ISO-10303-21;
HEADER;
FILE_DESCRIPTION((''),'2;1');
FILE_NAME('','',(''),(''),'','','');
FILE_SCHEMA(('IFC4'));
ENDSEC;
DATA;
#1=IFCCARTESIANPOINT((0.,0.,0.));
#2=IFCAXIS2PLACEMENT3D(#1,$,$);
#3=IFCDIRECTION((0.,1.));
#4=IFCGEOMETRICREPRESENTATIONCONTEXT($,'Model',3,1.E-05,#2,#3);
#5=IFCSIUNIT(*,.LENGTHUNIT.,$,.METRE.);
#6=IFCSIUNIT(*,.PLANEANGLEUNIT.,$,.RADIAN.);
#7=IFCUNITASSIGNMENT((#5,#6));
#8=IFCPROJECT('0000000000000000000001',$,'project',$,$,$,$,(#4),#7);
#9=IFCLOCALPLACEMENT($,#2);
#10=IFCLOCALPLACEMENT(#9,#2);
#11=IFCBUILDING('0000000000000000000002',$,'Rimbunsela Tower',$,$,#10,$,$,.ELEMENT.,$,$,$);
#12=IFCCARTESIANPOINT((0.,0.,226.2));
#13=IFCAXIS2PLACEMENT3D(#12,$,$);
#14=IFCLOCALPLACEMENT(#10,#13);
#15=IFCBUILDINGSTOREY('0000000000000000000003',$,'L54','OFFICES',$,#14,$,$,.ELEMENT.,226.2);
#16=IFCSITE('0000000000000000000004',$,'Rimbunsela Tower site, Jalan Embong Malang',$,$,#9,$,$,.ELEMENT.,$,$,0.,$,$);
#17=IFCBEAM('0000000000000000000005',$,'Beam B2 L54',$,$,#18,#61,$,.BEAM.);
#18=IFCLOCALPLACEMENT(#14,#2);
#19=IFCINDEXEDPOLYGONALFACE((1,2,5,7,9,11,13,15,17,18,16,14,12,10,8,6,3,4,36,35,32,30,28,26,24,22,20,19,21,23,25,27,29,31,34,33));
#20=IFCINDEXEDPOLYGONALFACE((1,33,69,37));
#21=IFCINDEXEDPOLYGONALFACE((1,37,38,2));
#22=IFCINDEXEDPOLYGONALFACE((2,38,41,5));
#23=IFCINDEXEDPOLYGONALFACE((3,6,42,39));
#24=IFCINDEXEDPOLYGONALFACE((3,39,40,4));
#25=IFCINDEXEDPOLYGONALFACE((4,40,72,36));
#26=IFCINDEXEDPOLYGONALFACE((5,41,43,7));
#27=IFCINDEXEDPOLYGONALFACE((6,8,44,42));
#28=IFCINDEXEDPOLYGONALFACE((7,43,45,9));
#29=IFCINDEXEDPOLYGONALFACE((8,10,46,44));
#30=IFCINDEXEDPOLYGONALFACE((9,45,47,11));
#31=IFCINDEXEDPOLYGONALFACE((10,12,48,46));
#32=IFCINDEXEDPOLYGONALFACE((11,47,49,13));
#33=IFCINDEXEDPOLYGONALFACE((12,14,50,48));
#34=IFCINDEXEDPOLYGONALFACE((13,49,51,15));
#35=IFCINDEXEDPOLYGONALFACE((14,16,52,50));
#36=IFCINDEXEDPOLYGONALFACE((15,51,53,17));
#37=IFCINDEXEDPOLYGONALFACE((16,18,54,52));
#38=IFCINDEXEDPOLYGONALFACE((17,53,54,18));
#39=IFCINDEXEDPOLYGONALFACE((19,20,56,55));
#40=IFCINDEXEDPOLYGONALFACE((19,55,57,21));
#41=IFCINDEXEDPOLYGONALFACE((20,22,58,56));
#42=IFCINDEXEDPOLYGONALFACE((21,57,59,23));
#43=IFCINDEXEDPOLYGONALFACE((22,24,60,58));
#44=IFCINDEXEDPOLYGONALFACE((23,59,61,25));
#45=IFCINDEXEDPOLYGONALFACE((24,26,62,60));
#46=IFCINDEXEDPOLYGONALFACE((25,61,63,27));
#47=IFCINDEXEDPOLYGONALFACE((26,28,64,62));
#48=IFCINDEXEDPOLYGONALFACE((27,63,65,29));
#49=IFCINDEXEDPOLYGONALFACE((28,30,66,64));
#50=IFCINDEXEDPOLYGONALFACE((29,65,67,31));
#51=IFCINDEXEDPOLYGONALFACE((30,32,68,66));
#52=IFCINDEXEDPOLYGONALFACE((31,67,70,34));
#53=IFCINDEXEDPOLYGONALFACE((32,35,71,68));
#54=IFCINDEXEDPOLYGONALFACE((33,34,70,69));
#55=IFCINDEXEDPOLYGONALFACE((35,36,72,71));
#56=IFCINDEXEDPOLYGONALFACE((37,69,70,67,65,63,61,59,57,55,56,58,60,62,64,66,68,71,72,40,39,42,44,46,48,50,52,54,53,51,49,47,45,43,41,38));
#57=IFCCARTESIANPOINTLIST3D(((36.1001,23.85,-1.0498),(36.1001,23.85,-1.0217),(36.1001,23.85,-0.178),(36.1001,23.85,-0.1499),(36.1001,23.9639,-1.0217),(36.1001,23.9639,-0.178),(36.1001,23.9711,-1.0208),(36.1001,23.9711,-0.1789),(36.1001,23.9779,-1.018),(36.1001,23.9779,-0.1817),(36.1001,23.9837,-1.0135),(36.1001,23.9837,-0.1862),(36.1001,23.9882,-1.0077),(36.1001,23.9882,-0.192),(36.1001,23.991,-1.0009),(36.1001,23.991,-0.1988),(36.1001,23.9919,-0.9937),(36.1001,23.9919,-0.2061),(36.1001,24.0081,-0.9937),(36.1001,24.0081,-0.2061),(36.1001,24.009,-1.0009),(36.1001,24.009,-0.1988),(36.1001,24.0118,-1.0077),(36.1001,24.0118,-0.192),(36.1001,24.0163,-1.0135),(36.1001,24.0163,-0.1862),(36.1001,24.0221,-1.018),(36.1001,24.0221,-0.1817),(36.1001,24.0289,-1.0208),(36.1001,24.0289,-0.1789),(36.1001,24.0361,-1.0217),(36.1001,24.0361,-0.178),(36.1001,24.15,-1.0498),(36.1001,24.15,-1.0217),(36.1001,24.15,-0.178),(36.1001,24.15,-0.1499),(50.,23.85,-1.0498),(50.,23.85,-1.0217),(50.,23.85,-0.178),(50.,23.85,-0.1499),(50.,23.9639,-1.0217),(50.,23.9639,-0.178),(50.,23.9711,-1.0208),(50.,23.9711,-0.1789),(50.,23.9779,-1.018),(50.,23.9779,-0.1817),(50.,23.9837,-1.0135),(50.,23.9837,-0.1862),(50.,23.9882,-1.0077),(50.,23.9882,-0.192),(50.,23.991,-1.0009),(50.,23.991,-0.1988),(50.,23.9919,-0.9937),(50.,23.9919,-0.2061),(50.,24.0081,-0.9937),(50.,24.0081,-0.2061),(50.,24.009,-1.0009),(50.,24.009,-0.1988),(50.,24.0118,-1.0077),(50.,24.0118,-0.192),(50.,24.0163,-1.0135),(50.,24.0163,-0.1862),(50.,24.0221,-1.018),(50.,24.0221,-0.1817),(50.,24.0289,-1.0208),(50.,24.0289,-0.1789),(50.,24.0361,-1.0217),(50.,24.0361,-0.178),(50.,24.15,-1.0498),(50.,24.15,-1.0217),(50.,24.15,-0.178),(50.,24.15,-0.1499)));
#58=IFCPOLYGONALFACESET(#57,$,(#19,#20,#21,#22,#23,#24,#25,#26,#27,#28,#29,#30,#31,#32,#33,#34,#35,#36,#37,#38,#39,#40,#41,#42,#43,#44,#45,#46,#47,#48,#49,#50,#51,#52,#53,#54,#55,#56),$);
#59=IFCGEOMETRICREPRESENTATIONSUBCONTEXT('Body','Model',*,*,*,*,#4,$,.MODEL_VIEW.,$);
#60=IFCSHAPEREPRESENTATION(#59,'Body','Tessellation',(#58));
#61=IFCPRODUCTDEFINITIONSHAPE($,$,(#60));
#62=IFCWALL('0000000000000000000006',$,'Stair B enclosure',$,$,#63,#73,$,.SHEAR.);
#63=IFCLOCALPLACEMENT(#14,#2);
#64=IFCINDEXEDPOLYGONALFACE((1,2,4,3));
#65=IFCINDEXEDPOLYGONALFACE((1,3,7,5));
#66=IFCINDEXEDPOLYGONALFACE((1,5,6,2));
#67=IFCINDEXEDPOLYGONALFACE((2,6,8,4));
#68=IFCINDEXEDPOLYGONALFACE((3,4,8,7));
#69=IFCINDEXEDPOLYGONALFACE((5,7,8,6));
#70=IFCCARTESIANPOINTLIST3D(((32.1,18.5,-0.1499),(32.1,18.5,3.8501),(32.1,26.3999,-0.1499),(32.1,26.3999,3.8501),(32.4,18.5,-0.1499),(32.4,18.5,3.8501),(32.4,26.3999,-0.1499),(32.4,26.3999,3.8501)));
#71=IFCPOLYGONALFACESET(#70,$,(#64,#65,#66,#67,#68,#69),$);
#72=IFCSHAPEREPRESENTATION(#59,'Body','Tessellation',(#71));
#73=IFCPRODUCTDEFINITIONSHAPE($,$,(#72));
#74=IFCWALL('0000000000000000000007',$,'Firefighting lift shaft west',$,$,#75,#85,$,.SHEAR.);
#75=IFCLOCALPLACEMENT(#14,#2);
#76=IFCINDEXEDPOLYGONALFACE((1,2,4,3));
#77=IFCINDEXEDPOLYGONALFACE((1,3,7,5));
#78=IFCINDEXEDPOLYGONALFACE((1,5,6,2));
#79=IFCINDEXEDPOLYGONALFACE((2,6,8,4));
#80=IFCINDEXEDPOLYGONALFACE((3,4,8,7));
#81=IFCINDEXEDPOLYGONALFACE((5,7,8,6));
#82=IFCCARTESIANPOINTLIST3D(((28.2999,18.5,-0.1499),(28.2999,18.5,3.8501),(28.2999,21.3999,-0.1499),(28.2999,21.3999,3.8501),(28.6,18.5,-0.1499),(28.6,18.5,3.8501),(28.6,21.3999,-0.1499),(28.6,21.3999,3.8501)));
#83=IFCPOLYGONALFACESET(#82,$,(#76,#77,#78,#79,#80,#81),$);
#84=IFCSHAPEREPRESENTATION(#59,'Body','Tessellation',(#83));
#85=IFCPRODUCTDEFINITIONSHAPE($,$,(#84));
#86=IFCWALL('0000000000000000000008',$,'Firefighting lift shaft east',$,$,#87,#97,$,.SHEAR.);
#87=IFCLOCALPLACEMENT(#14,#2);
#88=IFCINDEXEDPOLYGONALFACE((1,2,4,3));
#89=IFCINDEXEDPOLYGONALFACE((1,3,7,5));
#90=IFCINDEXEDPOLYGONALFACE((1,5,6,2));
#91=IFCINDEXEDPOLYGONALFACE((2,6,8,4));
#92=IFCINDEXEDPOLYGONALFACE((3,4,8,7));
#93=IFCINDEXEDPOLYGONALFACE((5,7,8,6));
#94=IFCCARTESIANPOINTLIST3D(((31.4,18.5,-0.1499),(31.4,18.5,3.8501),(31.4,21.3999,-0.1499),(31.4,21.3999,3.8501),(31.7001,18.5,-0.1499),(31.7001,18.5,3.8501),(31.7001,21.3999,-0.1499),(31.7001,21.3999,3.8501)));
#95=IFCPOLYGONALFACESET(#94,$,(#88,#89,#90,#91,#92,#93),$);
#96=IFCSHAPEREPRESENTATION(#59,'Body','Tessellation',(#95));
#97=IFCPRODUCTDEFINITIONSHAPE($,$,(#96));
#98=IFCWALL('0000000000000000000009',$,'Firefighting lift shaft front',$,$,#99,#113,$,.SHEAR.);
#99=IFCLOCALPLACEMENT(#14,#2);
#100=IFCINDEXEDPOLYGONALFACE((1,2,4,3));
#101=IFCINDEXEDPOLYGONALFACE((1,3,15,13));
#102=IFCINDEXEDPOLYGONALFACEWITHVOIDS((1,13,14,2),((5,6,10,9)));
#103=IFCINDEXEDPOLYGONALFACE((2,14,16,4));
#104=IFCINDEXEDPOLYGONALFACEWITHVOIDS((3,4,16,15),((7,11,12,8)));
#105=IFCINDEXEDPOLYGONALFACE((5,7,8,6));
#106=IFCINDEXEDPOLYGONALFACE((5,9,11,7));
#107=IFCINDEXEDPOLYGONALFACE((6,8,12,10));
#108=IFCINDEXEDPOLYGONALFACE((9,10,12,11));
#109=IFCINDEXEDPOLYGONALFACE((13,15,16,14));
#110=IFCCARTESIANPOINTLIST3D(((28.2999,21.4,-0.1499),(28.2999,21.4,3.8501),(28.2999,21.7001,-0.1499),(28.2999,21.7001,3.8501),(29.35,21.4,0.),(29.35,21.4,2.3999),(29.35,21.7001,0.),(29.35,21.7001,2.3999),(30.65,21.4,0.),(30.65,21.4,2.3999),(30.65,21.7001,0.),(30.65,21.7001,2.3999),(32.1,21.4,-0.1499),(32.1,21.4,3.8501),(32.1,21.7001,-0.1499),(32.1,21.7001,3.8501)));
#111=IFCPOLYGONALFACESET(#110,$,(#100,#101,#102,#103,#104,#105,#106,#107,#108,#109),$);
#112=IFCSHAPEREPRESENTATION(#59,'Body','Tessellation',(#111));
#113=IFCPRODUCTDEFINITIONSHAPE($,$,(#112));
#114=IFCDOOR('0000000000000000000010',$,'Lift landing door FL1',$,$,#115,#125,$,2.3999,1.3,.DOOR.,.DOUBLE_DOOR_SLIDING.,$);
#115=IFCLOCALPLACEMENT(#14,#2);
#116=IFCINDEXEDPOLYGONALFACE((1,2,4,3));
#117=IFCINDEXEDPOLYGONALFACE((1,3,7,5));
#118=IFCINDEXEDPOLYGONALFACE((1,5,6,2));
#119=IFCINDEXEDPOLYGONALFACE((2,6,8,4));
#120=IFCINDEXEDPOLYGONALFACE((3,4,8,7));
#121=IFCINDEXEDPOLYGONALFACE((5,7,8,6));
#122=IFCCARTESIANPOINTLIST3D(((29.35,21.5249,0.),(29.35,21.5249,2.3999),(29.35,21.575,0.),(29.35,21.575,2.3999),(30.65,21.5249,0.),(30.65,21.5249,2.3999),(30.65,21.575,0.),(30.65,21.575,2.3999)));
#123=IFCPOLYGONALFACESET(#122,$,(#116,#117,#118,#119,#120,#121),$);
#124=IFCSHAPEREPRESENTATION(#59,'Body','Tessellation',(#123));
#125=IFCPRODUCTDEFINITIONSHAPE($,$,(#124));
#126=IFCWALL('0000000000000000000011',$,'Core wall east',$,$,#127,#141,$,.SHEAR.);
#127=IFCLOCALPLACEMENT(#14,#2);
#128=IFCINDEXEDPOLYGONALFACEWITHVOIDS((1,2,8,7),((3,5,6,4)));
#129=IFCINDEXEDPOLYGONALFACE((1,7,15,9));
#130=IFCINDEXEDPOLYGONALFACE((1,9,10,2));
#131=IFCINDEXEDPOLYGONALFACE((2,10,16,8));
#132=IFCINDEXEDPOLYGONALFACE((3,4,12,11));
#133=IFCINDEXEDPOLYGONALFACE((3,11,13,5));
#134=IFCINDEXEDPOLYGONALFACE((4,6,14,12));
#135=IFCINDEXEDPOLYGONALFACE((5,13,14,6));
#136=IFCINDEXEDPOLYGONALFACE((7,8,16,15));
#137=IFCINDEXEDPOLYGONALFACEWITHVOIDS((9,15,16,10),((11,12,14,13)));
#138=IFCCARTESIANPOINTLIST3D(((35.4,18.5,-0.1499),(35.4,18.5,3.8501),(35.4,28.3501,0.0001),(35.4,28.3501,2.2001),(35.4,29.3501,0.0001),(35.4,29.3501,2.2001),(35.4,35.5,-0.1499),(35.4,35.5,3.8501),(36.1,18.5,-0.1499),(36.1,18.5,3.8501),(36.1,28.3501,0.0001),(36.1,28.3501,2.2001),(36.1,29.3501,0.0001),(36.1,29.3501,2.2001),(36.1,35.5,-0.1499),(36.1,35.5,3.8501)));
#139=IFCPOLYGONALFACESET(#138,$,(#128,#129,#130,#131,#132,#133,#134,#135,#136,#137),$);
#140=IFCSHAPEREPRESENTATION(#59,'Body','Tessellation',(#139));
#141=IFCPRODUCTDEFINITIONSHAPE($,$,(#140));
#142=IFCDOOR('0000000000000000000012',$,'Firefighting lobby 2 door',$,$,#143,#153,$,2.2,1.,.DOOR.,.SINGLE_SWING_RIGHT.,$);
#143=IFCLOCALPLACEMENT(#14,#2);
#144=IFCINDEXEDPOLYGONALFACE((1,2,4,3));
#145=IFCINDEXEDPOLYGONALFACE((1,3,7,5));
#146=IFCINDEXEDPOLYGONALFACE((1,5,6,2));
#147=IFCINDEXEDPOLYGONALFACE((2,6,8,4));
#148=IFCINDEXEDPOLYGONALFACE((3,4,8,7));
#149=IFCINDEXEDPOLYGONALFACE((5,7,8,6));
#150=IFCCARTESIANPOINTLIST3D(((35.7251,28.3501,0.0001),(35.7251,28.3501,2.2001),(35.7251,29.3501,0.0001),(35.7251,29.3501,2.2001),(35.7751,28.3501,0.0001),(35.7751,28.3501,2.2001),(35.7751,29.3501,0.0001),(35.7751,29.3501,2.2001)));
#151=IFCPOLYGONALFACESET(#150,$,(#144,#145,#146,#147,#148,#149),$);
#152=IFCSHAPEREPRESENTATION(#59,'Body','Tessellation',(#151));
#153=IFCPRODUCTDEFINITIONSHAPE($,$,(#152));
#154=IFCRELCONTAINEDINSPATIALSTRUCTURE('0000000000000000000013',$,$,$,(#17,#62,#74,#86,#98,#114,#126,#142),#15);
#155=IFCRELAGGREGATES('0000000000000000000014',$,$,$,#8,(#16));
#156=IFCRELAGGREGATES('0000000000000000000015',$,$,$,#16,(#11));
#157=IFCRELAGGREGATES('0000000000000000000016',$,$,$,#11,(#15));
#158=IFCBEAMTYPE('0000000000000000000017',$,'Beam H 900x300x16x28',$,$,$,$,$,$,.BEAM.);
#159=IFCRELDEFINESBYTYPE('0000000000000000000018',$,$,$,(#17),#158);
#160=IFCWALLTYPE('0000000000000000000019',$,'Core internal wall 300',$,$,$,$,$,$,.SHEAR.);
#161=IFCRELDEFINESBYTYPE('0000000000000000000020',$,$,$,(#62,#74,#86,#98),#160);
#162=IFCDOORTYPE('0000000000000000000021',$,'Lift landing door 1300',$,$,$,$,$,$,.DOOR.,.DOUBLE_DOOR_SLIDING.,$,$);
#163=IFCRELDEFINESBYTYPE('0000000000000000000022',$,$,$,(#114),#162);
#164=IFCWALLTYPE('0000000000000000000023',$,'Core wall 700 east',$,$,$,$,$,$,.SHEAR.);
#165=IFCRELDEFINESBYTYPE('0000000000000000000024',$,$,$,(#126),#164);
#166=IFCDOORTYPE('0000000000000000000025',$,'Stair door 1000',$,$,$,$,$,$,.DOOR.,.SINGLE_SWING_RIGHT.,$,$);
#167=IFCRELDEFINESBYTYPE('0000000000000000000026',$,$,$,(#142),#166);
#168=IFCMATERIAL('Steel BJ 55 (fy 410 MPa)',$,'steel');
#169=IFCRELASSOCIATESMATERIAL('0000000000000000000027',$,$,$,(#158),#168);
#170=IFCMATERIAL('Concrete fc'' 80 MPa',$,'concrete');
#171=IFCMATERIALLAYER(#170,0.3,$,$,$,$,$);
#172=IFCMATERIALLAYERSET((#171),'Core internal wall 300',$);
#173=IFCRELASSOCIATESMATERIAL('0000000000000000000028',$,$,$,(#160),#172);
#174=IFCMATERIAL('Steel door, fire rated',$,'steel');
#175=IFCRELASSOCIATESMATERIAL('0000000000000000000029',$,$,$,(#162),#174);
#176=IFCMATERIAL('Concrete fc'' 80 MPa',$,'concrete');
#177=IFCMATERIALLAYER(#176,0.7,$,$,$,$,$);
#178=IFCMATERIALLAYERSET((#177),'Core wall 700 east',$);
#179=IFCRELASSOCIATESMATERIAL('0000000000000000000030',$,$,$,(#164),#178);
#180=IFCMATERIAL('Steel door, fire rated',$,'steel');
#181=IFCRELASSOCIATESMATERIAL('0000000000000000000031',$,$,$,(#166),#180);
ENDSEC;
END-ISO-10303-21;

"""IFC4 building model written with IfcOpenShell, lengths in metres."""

from ifc_helpers import new_model, si_unit, direction, frame, frame_2d, origin, origin_2d, place, context, subcontext, project, spatial, rectangle, i_section, extrude, material, layer, layer_set, material_profile, profile_set, type_object, element, fill, save


model = new_model("IFC4")

# Units and contexts
model_context = context("Model", 3, precision=1e-05, world=origin(), true_north=direction((0.0, 1.0)))
body_context = subcontext(model_context, "Body", "Model", "MODEL_VIEW")
ifc_project = project(units=[si_unit("LENGTHUNIT", "METRE"), si_unit("PLANEANGLEUNIT", "RADIAN")], contexts=[model_context])

# Site, building, storey
site_placement = place(None, origin())
site = spatial("IfcSite", under=ifc_project, at=site_placement, Name="Rimbunsela Tower site, Jalan Embong Malang", CompositionType="ELEMENT", RefElevation=0.0)
building_placement = place(site_placement, origin())
building = spatial("IfcBuilding", under=site, at=building_placement, Name="Rimbunsela Tower", CompositionType="ELEMENT")
storey_placement = place(building_placement, frame((0.0, 0.0, 226.2)))
storey = spatial("IfcBuildingStorey", under=building, at=storey_placement, Name="L54", Description="OFFICES", CompositionType="ELEMENT", Elevation=226.2)

# Beam
ifc_material_1 = material(Name="Steel BJ 55 (fy 410 MPa)", Category="steel")
ifc_material_profile_1 = material_profile(ifc_material_1, i_section(OverallWidth=0.3, OverallDepth=0.8999, WebThickness=0.0161, FlangeThickness=0.0281, FilletRadius=0.0281, at=origin_2d()), Name="H 900x300x16x28")
ifc_profile_set_1 = profile_set([ifc_material_profile_1], Name="Steel BJ 55 (fy 410 MPa)")
beam_type_1 = type_object("IfcBeamType", Name="Beam H 900x300x16x28", PredefinedType="BEAM", material=ifc_profile_set_1)
beam_1_placement = place(storey_placement, frame((36.1001, 24.0, -0.5999), z_axis=(1.0, 0.0, 0.0), x_axis=(0.0, 1.0, 0.0)))
element("IfcBeam", 1, at=beam_1_placement, inside=storey, type_object=beam_type_1, Name="Beam B2 L54", PredefinedType="BEAM", context=body_context, shape_type="SweptSolid", body=[
    extrude(i_section(OverallWidth=0.3, OverallDepth=0.8999, WebThickness=0.0161, FlangeThickness=0.0281, FilletRadius=0.0281, at=origin_2d()), origin(), (0.0, 0.0, 1.0), 13.8999),
])

# Walls
ifc_material_2 = material(Name="Concrete fc' 80 MPa", Category="concrete")
ifc_layer_1 = layer(ifc_material_2, 0.3)
ifc_layer_set_1 = layer_set([ifc_layer_1], Name="Core internal wall 300")
wall_type_1 = type_object("IfcWallType", Name="Core internal wall 300", PredefinedType="SHEAR", material=ifc_layer_set_1)
wall_1_placement = place(storey_placement, frame((32.25, 18.5, -0.1499), z_axis=(0.0, 0.0, 1.0), x_axis=(0.0, 1.0, 0.0)))
element("IfcWall", 2, at=wall_1_placement, inside=storey, type_object=wall_type_1, Name="Stair B enclosure", PredefinedType="SHEAR", context=body_context, shape_type="SweptSolid", body=[
    extrude(rectangle(XDim=7.8999, YDim=0.3, at=frame_2d((3.95, 0.0))), origin(), (0.0, 0.0, 1.0), 4.0),
])
for number, where, z_axis, x_axis, name in (
    (3, (28.45, 18.5, -0.1499), (0.0, 0.0, 1.0), (0.0, 1.0, 0.0), "Firefighting lift shaft west"),
    (4, (31.55, 18.5, -0.1499), (0.0, 0.0, 1.0), (0.0, 1.0, 0.0), "Firefighting lift shaft east"),
):
    element("IfcWall", number, at=place(storey_placement, frame(where, z_axis=z_axis, x_axis=x_axis)), inside=storey, type_object=wall_type_1, Name=name, PredefinedType="SHEAR", context=body_context, shape_type="SweptSolid", body=[
        extrude(rectangle(XDim=2.8999, YDim=0.3, at=frame_2d((1.45, 0.0))), origin(), (0.0, 0.0, 1.0), 4.0),
    ])

# Walls, openings, doors
wall_2_placement = place(storey_placement, frame((28.3, 21.55, -0.1499), z_axis=(0.0, 0.0, 1.0), x_axis=(1.0, 0.0, 0.0)))
wall_2 = element("IfcWall", 5, at=wall_2_placement, inside=storey, type_object=wall_type_1, Name="Firefighting lift shaft front", PredefinedType="SHEAR", context=body_context, shape_type="SweptSolid", body=[
    extrude(rectangle(XDim=3.8, YDim=0.3, at=frame_2d((1.8999, 0.0))), origin(), (0.0, 0.0, 1.0), 4.0),
])
opening_1_placement = place(wall_2_placement, frame((1.05, 0.0, 0.1499)))
opening_1 = element("IfcOpeningElement", 6, at=opening_1_placement, cuts=wall_2, PredefinedType="OPENING", context=body_context, shape_type="SweptSolid", body=[
    extrude(rectangle(XDim=1.3, YDim=2.3999, at=frame_2d((0.6499, 1.2))), frame((0.0, 0.1599, 0.0), z_axis=(0.0, -1.0, 0.0), x_axis=(1.0, 0.0, 0.0)), (0.0, 0.0, 1.0), 0.3201),
])
ifc_material_3 = material(Name="Steel door, fire rated", Category="steel")
door_type_1 = type_object("IfcDoorType", Name="Lift landing door 1300", OperationType="DOUBLE_DOOR_SLIDING", PredefinedType="DOOR", material=ifc_material_3)
door_1_placement = place(opening_1_placement, origin())
door_1 = element("IfcDoor", 7, at=door_1_placement, inside=storey, type_object=door_type_1, Name="Lift landing door FL1", OperationType="DOUBLE_DOOR_SLIDING", OverallHeight=2.3999, OverallWidth=1.3, PredefinedType="DOOR", context=body_context, shape_type="SweptSolid", body=[
    extrude(rectangle(XDim=1.3, YDim=2.3999, at=frame_2d((0.6499, 1.2))), frame((0.0, 0.0249, 0.0), z_axis=(0.0, -1.0, 0.0), x_axis=(1.0, 0.0, 0.0)), (0.0, 0.0, 1.0), 0.05),
])
fill(opening_1, door_1)
ifc_material_4 = material(Name="Concrete fc' 80 MPa", Category="concrete")
ifc_layer_2 = layer(ifc_material_4, 0.7)
ifc_layer_set_2 = layer_set([ifc_layer_2], Name="Core wall 700 east")
wall_type_2 = type_object("IfcWallType", Name="Core wall 700 east", PredefinedType="SHEAR", material=ifc_layer_set_2)
wall_3_placement = place(storey_placement, frame((35.75, 18.5, -0.1499), z_axis=(0.0, 0.0, 1.0), x_axis=(0.0, 1.0, 0.0)))
wall_3 = element("IfcWall", 8, at=wall_3_placement, inside=storey, type_object=wall_type_2, Name="Core wall east", PredefinedType="SHEAR", context=body_context, shape_type="SweptSolid", body=[
    extrude(rectangle(XDim=17.0, YDim=0.7, at=frame_2d((8.5, 0.0))), origin(), (0.0, 0.0, 1.0), 4.0),
])
opening_2_placement = place(wall_3_placement, frame((9.8501, 0.0, 0.1499)))
opening_2 = element("IfcOpeningElement", 9, at=opening_2_placement, cuts=wall_3, PredefinedType="OPENING", context=body_context, shape_type="SweptSolid", body=[
    extrude(rectangle(XDim=1.0, YDim=2.2, at=frame_2d((0.5, 1.1001))), frame((0.0, 0.3599, 0.0), z_axis=(0.0, -1.0, 0.0), x_axis=(1.0, 0.0, 0.0)), (0.0, 0.0, 1.0), 0.72),
])
ifc_material_5 = material(Name="Steel door, fire rated", Category="steel")
door_type_2 = type_object("IfcDoorType", Name="Stair door 1000", OperationType="SINGLE_SWING_RIGHT", PredefinedType="DOOR", material=ifc_material_5)
door_2_placement = place(opening_2_placement, origin())
door_2 = element("IfcDoor", 10, at=door_2_placement, inside=storey, type_object=door_type_2, Name="Firefighting lobby 2 door", OperationType="SINGLE_SWING_RIGHT", OverallHeight=2.2, OverallWidth=1.0, PredefinedType="DOOR", context=body_context, shape_type="SweptSolid", body=[
    extrude(rectangle(XDim=1.0, YDim=2.2, at=frame_2d((0.5, 1.1001))), frame((0.0, 0.0249, 0.0), z_axis=(0.0, -1.0, 0.0), x_axis=(1.0, 0.0, 0.0)), (0.0, 0.0, 1.0), 0.05),
])
fill(opening_2, door_2)

save(model, "model.ifc")
